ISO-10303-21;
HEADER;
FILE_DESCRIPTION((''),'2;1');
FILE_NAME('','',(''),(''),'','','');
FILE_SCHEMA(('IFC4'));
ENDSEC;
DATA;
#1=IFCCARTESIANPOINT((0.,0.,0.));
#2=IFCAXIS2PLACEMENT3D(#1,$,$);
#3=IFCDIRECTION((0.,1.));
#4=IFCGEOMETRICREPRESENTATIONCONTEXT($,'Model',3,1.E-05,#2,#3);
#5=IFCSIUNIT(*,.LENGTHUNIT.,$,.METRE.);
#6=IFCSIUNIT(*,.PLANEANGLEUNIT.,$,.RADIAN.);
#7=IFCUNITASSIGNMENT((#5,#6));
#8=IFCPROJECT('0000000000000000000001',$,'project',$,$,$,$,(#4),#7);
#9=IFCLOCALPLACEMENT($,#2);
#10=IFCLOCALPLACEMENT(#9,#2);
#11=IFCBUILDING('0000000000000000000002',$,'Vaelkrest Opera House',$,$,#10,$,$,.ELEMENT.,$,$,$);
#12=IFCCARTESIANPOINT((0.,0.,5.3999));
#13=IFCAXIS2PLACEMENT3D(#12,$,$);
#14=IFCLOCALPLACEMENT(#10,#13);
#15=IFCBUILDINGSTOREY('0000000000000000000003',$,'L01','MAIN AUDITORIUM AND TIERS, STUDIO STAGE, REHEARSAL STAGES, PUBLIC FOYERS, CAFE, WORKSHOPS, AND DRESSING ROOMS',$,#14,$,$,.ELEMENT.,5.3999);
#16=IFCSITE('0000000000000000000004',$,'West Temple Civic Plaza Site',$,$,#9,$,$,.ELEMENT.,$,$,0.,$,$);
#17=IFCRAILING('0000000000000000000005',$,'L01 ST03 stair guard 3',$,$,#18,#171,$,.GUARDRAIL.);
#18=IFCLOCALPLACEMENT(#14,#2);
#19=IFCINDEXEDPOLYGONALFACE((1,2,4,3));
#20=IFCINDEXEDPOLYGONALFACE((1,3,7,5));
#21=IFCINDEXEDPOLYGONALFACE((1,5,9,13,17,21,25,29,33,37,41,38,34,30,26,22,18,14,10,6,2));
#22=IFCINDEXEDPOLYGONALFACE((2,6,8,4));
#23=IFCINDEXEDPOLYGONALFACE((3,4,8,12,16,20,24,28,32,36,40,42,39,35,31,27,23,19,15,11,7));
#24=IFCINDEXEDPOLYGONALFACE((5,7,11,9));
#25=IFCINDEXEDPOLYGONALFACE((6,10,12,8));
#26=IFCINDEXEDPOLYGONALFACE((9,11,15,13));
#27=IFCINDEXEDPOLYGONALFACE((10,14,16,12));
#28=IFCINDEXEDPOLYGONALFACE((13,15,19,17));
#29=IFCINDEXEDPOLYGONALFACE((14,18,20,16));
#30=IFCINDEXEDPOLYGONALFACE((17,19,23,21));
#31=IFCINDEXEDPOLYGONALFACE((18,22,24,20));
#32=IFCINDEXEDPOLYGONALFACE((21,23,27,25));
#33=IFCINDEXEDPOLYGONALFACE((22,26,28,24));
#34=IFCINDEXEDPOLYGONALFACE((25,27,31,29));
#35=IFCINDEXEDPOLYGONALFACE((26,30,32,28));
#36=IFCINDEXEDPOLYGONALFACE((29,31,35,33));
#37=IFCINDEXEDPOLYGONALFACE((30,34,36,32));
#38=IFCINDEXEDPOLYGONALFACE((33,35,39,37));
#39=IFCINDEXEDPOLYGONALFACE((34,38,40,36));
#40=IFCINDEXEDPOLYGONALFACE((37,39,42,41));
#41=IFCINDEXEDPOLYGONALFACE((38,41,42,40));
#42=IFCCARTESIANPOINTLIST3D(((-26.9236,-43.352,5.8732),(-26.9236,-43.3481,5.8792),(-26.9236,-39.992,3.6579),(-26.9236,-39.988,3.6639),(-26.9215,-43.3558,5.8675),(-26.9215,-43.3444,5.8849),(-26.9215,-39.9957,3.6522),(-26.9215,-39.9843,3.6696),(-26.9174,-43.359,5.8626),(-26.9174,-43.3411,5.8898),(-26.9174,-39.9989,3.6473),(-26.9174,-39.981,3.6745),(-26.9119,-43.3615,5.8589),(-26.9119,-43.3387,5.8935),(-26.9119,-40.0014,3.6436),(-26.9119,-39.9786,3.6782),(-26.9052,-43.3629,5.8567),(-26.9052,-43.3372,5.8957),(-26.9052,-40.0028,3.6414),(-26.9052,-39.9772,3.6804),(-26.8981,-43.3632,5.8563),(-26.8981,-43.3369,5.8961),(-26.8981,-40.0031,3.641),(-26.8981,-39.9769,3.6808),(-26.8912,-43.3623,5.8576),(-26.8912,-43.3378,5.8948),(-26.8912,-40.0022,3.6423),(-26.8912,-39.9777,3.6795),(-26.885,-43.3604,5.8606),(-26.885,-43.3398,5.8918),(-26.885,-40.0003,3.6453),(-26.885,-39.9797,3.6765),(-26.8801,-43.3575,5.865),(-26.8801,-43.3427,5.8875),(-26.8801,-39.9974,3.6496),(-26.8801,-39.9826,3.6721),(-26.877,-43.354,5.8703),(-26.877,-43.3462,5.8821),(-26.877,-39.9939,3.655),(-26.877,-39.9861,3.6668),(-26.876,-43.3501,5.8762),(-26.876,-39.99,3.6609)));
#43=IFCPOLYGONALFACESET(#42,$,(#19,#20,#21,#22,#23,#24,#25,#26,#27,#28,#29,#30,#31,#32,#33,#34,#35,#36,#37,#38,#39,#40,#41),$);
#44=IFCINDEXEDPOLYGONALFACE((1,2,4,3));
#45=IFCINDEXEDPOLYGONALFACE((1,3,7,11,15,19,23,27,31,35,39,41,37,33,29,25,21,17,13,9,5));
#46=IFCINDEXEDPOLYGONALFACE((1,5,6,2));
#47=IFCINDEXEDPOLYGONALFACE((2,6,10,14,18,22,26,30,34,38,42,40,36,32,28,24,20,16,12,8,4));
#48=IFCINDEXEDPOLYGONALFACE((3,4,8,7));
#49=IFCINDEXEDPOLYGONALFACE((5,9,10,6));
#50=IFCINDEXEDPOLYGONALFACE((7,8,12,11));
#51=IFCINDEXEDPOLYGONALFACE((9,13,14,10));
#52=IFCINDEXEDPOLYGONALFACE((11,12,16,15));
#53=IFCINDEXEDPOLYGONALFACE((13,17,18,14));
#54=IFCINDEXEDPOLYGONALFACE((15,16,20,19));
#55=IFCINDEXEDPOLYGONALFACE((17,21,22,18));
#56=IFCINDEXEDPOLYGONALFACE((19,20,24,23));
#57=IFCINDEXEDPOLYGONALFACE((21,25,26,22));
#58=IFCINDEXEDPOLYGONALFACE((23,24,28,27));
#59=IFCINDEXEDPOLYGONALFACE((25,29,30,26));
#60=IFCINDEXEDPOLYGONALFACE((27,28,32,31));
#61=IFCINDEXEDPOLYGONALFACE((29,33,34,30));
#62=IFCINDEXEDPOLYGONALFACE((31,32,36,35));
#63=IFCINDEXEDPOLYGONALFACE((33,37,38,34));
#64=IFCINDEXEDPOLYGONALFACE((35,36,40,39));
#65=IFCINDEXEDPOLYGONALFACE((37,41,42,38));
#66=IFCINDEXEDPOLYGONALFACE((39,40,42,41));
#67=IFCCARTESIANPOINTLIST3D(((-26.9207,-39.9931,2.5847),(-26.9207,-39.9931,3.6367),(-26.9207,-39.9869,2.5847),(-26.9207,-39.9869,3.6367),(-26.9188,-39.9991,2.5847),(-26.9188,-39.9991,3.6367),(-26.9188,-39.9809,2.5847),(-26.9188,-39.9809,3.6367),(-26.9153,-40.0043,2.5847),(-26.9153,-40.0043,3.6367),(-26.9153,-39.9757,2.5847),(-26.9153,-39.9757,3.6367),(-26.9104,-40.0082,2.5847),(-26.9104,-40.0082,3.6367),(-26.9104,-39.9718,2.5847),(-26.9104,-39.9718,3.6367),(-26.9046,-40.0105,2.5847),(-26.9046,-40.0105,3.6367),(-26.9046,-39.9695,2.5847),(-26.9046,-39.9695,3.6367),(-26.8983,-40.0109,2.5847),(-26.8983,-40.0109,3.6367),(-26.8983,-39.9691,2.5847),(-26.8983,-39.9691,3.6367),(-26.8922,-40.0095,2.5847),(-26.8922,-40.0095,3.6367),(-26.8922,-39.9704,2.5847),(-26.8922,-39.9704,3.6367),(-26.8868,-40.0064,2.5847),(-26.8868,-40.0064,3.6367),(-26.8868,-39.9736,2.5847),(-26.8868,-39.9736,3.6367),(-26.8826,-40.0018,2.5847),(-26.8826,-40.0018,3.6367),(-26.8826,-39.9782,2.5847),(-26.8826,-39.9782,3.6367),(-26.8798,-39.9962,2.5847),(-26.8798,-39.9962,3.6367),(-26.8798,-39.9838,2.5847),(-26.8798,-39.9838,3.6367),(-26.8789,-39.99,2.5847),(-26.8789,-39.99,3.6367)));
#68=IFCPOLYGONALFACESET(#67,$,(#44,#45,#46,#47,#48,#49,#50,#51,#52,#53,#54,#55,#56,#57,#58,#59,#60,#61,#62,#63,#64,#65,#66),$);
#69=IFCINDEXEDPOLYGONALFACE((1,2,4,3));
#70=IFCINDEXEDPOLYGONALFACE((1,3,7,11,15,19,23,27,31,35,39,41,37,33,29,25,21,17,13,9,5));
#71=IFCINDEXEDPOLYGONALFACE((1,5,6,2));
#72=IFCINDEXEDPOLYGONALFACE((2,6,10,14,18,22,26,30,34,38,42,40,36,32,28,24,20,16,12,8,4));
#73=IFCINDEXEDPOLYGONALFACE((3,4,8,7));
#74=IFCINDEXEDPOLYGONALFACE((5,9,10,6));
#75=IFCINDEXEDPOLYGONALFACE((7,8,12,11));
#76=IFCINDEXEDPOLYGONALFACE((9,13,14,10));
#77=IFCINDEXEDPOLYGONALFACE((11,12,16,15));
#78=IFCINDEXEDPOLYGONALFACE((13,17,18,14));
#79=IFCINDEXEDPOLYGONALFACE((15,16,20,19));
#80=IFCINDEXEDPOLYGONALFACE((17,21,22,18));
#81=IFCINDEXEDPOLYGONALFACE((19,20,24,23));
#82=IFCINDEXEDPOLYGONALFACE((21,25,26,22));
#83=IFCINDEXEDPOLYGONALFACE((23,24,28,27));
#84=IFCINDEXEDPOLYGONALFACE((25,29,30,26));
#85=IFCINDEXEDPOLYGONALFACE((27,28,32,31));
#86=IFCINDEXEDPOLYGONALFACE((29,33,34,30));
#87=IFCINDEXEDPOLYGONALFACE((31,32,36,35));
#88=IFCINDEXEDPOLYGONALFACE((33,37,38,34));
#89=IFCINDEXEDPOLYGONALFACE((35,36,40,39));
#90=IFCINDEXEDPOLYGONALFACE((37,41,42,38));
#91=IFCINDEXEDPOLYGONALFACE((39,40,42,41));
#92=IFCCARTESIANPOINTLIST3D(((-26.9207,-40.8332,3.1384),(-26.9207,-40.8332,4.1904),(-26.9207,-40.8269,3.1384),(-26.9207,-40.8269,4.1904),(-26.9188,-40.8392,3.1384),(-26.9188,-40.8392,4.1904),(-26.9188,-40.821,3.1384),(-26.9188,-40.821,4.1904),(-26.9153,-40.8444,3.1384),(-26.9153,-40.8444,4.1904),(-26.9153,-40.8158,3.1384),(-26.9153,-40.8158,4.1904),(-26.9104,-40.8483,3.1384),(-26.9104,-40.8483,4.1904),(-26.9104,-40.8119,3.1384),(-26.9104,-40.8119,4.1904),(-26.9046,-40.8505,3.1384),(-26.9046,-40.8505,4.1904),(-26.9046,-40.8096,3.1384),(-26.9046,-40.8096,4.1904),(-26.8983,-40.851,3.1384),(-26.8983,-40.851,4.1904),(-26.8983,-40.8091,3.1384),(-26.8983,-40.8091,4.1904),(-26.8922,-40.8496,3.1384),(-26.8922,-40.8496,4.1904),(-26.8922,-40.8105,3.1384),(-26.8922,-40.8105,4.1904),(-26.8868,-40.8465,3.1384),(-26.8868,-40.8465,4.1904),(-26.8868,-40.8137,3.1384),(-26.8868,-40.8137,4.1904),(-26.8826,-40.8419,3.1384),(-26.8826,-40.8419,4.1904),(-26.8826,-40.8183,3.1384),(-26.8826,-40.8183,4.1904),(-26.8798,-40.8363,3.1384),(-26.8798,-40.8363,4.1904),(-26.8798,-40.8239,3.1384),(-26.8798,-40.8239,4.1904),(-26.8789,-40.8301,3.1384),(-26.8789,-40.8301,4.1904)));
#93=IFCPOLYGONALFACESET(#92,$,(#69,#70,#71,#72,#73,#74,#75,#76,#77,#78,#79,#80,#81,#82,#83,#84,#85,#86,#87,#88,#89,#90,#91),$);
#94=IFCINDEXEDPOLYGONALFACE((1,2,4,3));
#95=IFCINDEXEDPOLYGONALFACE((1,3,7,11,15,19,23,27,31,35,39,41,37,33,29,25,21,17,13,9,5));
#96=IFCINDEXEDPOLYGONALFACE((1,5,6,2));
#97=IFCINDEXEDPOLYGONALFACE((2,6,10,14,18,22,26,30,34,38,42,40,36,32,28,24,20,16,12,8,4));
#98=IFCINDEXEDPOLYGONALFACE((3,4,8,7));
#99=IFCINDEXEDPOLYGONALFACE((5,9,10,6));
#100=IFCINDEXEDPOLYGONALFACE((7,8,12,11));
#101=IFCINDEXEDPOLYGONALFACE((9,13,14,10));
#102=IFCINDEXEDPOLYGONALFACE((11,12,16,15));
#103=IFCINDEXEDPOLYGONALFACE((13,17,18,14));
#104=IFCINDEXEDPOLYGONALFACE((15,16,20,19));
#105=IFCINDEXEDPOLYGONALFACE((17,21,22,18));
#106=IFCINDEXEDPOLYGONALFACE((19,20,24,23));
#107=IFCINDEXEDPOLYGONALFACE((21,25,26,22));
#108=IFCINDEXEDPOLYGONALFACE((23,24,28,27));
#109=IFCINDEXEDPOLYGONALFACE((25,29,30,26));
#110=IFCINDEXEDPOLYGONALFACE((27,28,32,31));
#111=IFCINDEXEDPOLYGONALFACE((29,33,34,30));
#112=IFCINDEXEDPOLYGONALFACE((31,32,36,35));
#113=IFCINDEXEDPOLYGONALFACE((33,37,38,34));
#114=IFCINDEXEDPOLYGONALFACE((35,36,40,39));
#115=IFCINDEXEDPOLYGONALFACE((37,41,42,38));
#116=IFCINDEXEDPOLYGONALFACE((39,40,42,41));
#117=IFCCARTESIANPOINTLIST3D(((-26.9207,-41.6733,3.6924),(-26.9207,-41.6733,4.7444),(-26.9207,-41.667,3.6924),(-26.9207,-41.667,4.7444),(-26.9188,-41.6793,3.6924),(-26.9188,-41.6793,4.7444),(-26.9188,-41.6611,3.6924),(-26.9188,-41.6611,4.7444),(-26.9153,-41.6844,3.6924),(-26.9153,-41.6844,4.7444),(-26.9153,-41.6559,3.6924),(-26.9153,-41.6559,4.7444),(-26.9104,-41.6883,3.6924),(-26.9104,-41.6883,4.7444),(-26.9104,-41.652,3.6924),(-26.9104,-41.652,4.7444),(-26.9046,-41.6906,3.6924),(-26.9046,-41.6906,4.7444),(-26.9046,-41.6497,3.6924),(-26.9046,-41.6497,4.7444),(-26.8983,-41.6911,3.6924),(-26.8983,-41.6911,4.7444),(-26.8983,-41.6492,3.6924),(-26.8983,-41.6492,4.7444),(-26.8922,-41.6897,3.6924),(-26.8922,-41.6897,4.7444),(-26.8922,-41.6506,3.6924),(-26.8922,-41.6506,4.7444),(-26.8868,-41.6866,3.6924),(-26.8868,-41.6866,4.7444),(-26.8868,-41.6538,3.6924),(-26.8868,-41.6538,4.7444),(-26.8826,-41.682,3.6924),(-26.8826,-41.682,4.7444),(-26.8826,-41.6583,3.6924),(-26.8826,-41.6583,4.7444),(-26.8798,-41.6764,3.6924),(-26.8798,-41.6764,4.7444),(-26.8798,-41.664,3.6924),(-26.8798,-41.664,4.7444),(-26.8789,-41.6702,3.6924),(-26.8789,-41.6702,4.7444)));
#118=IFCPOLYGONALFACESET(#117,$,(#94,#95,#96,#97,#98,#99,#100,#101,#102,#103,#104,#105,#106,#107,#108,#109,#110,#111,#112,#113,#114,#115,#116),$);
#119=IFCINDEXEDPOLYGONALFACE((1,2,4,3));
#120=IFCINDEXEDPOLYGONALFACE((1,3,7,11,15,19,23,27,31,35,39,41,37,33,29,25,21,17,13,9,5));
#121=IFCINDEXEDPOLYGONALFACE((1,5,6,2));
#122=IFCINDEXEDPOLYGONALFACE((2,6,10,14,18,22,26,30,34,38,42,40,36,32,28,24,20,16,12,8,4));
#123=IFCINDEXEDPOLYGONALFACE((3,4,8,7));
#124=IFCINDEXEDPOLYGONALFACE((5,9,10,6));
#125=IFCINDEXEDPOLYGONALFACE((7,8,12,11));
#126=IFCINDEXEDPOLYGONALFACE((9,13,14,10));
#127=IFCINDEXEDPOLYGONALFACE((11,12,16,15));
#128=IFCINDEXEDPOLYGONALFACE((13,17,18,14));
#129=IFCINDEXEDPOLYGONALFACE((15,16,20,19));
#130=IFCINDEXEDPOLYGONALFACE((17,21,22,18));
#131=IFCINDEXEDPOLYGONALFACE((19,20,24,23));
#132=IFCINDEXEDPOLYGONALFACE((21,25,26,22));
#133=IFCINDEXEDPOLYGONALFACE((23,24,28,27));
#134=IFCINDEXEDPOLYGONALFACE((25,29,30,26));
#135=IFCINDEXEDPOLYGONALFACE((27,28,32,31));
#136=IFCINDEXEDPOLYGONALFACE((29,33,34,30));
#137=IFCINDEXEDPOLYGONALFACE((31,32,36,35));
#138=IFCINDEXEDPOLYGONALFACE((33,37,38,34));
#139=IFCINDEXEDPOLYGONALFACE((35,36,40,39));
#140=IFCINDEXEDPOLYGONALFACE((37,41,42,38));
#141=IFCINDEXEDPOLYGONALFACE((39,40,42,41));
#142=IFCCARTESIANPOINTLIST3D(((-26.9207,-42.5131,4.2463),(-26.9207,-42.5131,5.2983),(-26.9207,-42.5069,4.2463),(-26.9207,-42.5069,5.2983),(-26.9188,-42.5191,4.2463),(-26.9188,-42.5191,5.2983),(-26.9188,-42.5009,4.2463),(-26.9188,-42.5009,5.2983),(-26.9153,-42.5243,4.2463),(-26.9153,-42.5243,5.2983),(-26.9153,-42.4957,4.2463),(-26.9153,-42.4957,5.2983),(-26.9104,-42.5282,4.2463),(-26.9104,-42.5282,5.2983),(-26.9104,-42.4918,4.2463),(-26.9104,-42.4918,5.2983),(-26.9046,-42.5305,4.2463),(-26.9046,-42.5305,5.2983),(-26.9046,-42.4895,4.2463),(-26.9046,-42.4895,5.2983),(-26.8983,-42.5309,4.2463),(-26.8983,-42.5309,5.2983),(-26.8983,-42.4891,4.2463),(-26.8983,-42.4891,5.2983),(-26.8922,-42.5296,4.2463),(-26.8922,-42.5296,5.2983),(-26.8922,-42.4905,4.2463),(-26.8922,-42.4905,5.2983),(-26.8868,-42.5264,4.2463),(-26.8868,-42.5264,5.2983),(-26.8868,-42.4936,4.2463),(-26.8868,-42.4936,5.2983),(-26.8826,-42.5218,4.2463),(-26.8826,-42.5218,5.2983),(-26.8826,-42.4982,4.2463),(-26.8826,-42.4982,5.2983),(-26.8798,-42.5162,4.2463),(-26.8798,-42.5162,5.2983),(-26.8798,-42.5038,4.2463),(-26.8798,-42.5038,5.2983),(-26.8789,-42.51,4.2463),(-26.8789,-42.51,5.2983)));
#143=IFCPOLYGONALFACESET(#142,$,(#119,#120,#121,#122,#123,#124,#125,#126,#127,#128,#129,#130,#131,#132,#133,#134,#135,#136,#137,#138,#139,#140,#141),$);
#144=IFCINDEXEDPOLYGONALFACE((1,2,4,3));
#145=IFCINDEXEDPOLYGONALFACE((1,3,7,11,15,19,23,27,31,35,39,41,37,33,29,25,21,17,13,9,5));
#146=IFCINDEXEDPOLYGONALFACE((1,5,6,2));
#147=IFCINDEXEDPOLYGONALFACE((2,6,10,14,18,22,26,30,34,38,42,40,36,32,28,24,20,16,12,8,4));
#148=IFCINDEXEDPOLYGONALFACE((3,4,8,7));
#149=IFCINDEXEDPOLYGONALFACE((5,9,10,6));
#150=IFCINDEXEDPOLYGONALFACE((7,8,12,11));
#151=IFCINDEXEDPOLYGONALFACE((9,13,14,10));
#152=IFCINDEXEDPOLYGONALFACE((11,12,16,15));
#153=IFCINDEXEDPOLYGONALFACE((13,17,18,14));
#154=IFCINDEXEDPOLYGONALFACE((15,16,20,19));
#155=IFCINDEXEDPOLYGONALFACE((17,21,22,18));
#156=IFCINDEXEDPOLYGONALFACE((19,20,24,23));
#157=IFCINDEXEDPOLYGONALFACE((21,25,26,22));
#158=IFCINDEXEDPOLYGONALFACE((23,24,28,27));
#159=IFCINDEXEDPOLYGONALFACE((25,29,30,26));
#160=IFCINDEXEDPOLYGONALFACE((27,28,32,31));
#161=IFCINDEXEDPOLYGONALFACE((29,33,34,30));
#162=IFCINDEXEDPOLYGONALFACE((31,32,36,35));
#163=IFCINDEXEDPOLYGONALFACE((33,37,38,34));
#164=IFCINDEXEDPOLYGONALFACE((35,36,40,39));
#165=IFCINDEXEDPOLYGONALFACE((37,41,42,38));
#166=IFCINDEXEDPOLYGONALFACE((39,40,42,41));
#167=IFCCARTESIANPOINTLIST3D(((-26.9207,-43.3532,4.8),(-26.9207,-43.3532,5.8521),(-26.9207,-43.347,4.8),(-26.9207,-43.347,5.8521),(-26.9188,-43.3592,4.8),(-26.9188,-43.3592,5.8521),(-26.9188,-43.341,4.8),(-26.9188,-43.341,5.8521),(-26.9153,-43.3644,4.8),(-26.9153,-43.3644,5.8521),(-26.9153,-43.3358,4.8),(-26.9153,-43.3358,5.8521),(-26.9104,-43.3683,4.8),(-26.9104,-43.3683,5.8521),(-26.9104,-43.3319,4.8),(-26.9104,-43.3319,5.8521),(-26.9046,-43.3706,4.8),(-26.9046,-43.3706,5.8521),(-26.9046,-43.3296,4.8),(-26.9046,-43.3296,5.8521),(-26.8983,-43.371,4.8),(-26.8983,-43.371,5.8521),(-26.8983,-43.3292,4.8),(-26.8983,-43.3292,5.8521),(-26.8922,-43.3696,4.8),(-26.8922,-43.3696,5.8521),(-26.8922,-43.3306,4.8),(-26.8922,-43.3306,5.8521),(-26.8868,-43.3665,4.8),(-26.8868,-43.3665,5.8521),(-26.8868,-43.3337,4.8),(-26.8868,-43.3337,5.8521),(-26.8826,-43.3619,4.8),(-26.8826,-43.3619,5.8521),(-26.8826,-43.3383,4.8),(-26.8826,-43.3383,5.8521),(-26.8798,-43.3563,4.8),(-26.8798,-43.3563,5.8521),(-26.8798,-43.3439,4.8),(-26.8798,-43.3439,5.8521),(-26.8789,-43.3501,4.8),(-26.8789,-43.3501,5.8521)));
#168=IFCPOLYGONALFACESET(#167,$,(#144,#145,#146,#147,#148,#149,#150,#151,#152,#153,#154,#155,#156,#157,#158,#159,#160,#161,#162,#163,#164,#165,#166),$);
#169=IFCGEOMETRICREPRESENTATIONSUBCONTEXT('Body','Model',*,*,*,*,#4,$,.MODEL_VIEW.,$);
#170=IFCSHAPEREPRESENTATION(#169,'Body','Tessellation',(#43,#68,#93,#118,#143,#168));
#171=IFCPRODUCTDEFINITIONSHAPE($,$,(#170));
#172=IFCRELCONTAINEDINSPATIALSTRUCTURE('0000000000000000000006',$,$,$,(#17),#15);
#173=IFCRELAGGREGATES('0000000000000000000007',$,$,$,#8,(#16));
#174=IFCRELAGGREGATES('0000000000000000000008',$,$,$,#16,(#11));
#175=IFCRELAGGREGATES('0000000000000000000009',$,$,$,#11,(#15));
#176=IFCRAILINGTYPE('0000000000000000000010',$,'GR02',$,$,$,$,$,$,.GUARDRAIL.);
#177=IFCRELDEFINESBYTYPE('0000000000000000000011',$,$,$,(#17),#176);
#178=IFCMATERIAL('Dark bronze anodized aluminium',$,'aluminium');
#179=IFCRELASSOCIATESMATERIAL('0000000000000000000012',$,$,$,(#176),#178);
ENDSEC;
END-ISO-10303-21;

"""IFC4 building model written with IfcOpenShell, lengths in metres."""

from ifc_helpers import new_model, si_unit, direction, frame, origin, origin_2d, place, context, subcontext, project, spatial, circle, extrude, material, type_object, element, save


model = new_model("IFC4")

# Units and contexts
model_context = context("Model", 3, precision=1e-05, world=origin(), true_north=direction((0.0, 1.0)))
body_context = subcontext(model_context, "Body", "Model", "MODEL_VIEW")
ifc_project = project(units=[si_unit("LENGTHUNIT", "METRE"), si_unit("PLANEANGLEUNIT", "RADIAN")], contexts=[model_context])

# Site, building, storey
site_placement = place(None, origin())
site = spatial("IfcSite", under=ifc_project, at=site_placement, Name="West Temple Civic Plaza Site", CompositionType="ELEMENT", RefElevation=0.0)
building_placement = place(site_placement, origin())
building = spatial("IfcBuilding", under=site, at=building_placement, Name="Vaelkrest Opera House", CompositionType="ELEMENT")
storey_placement = place(building_placement, frame((0.0, 0.0, 5.3999)))
storey = spatial("IfcBuildingStorey", under=building, at=storey_placement, Name="L01", Description="MAIN AUDITORIUM AND TIERS, STUDIO STAGE, REHEARSAL STAGES, PUBLIC FOYERS, CAFE, WORKSHOPS, AND DRESSING ROOMS", CompositionType="ELEMENT", Elevation=5.3999)

# Shared definitions
ifc_material_1 = material(Name="Dark bronze anodized aluminium", Category="aluminium")

# Railing
railing_type_1 = type_object("IfcRailingType", Name="GR02", PredefinedType="GUARDRAIL", material=ifc_material_1)
railing_1_placement = place(storey_placement, frame((-26.8999, -39.99, 2.5847)))
element("IfcRailing", 1, at=railing_1_placement, inside=storey, type_object=railing_type_1, Name="L01 ST03 stair guard 3", PredefinedType="GUARDRAIL", context=body_context, shape_type="SweptSolid", body=[
    extrude(circle(Radius=0.0239, at=origin_2d()), frame((0.0, 0.0, 1.0762), z_axis=(0.0, -0.834876, 0.550437), x_axis=(1.0, 0.0, 0.0)), (0.0, 0.0, 1.0), 4.0247),
    extrude(circle(Radius=0.021, at=origin_2d()), origin(), (0.0, 0.0, 1.0), 1.052),
    extrude(circle(Radius=0.021, at=origin_2d()), frame((0.0, -0.8401, 0.5537)), (0.0, 0.0, 1.0), 1.052),
    extrude(circle(Radius=0.021, at=origin_2d()), frame((0.0, -1.6802, 1.1077)), (0.0, 0.0, 1.0), 1.052),
    extrude(circle(Radius=0.021, at=origin_2d()), frame((0.0, -2.52, 1.6616)), (0.0, 0.0, 1.0), 1.052),
    extrude(circle(Radius=0.021, at=origin_2d()), frame((0.0, -3.3601, 2.2153)), (0.0, 0.0, 1.0), 1.052),
])

save(model, "model.ifc")
